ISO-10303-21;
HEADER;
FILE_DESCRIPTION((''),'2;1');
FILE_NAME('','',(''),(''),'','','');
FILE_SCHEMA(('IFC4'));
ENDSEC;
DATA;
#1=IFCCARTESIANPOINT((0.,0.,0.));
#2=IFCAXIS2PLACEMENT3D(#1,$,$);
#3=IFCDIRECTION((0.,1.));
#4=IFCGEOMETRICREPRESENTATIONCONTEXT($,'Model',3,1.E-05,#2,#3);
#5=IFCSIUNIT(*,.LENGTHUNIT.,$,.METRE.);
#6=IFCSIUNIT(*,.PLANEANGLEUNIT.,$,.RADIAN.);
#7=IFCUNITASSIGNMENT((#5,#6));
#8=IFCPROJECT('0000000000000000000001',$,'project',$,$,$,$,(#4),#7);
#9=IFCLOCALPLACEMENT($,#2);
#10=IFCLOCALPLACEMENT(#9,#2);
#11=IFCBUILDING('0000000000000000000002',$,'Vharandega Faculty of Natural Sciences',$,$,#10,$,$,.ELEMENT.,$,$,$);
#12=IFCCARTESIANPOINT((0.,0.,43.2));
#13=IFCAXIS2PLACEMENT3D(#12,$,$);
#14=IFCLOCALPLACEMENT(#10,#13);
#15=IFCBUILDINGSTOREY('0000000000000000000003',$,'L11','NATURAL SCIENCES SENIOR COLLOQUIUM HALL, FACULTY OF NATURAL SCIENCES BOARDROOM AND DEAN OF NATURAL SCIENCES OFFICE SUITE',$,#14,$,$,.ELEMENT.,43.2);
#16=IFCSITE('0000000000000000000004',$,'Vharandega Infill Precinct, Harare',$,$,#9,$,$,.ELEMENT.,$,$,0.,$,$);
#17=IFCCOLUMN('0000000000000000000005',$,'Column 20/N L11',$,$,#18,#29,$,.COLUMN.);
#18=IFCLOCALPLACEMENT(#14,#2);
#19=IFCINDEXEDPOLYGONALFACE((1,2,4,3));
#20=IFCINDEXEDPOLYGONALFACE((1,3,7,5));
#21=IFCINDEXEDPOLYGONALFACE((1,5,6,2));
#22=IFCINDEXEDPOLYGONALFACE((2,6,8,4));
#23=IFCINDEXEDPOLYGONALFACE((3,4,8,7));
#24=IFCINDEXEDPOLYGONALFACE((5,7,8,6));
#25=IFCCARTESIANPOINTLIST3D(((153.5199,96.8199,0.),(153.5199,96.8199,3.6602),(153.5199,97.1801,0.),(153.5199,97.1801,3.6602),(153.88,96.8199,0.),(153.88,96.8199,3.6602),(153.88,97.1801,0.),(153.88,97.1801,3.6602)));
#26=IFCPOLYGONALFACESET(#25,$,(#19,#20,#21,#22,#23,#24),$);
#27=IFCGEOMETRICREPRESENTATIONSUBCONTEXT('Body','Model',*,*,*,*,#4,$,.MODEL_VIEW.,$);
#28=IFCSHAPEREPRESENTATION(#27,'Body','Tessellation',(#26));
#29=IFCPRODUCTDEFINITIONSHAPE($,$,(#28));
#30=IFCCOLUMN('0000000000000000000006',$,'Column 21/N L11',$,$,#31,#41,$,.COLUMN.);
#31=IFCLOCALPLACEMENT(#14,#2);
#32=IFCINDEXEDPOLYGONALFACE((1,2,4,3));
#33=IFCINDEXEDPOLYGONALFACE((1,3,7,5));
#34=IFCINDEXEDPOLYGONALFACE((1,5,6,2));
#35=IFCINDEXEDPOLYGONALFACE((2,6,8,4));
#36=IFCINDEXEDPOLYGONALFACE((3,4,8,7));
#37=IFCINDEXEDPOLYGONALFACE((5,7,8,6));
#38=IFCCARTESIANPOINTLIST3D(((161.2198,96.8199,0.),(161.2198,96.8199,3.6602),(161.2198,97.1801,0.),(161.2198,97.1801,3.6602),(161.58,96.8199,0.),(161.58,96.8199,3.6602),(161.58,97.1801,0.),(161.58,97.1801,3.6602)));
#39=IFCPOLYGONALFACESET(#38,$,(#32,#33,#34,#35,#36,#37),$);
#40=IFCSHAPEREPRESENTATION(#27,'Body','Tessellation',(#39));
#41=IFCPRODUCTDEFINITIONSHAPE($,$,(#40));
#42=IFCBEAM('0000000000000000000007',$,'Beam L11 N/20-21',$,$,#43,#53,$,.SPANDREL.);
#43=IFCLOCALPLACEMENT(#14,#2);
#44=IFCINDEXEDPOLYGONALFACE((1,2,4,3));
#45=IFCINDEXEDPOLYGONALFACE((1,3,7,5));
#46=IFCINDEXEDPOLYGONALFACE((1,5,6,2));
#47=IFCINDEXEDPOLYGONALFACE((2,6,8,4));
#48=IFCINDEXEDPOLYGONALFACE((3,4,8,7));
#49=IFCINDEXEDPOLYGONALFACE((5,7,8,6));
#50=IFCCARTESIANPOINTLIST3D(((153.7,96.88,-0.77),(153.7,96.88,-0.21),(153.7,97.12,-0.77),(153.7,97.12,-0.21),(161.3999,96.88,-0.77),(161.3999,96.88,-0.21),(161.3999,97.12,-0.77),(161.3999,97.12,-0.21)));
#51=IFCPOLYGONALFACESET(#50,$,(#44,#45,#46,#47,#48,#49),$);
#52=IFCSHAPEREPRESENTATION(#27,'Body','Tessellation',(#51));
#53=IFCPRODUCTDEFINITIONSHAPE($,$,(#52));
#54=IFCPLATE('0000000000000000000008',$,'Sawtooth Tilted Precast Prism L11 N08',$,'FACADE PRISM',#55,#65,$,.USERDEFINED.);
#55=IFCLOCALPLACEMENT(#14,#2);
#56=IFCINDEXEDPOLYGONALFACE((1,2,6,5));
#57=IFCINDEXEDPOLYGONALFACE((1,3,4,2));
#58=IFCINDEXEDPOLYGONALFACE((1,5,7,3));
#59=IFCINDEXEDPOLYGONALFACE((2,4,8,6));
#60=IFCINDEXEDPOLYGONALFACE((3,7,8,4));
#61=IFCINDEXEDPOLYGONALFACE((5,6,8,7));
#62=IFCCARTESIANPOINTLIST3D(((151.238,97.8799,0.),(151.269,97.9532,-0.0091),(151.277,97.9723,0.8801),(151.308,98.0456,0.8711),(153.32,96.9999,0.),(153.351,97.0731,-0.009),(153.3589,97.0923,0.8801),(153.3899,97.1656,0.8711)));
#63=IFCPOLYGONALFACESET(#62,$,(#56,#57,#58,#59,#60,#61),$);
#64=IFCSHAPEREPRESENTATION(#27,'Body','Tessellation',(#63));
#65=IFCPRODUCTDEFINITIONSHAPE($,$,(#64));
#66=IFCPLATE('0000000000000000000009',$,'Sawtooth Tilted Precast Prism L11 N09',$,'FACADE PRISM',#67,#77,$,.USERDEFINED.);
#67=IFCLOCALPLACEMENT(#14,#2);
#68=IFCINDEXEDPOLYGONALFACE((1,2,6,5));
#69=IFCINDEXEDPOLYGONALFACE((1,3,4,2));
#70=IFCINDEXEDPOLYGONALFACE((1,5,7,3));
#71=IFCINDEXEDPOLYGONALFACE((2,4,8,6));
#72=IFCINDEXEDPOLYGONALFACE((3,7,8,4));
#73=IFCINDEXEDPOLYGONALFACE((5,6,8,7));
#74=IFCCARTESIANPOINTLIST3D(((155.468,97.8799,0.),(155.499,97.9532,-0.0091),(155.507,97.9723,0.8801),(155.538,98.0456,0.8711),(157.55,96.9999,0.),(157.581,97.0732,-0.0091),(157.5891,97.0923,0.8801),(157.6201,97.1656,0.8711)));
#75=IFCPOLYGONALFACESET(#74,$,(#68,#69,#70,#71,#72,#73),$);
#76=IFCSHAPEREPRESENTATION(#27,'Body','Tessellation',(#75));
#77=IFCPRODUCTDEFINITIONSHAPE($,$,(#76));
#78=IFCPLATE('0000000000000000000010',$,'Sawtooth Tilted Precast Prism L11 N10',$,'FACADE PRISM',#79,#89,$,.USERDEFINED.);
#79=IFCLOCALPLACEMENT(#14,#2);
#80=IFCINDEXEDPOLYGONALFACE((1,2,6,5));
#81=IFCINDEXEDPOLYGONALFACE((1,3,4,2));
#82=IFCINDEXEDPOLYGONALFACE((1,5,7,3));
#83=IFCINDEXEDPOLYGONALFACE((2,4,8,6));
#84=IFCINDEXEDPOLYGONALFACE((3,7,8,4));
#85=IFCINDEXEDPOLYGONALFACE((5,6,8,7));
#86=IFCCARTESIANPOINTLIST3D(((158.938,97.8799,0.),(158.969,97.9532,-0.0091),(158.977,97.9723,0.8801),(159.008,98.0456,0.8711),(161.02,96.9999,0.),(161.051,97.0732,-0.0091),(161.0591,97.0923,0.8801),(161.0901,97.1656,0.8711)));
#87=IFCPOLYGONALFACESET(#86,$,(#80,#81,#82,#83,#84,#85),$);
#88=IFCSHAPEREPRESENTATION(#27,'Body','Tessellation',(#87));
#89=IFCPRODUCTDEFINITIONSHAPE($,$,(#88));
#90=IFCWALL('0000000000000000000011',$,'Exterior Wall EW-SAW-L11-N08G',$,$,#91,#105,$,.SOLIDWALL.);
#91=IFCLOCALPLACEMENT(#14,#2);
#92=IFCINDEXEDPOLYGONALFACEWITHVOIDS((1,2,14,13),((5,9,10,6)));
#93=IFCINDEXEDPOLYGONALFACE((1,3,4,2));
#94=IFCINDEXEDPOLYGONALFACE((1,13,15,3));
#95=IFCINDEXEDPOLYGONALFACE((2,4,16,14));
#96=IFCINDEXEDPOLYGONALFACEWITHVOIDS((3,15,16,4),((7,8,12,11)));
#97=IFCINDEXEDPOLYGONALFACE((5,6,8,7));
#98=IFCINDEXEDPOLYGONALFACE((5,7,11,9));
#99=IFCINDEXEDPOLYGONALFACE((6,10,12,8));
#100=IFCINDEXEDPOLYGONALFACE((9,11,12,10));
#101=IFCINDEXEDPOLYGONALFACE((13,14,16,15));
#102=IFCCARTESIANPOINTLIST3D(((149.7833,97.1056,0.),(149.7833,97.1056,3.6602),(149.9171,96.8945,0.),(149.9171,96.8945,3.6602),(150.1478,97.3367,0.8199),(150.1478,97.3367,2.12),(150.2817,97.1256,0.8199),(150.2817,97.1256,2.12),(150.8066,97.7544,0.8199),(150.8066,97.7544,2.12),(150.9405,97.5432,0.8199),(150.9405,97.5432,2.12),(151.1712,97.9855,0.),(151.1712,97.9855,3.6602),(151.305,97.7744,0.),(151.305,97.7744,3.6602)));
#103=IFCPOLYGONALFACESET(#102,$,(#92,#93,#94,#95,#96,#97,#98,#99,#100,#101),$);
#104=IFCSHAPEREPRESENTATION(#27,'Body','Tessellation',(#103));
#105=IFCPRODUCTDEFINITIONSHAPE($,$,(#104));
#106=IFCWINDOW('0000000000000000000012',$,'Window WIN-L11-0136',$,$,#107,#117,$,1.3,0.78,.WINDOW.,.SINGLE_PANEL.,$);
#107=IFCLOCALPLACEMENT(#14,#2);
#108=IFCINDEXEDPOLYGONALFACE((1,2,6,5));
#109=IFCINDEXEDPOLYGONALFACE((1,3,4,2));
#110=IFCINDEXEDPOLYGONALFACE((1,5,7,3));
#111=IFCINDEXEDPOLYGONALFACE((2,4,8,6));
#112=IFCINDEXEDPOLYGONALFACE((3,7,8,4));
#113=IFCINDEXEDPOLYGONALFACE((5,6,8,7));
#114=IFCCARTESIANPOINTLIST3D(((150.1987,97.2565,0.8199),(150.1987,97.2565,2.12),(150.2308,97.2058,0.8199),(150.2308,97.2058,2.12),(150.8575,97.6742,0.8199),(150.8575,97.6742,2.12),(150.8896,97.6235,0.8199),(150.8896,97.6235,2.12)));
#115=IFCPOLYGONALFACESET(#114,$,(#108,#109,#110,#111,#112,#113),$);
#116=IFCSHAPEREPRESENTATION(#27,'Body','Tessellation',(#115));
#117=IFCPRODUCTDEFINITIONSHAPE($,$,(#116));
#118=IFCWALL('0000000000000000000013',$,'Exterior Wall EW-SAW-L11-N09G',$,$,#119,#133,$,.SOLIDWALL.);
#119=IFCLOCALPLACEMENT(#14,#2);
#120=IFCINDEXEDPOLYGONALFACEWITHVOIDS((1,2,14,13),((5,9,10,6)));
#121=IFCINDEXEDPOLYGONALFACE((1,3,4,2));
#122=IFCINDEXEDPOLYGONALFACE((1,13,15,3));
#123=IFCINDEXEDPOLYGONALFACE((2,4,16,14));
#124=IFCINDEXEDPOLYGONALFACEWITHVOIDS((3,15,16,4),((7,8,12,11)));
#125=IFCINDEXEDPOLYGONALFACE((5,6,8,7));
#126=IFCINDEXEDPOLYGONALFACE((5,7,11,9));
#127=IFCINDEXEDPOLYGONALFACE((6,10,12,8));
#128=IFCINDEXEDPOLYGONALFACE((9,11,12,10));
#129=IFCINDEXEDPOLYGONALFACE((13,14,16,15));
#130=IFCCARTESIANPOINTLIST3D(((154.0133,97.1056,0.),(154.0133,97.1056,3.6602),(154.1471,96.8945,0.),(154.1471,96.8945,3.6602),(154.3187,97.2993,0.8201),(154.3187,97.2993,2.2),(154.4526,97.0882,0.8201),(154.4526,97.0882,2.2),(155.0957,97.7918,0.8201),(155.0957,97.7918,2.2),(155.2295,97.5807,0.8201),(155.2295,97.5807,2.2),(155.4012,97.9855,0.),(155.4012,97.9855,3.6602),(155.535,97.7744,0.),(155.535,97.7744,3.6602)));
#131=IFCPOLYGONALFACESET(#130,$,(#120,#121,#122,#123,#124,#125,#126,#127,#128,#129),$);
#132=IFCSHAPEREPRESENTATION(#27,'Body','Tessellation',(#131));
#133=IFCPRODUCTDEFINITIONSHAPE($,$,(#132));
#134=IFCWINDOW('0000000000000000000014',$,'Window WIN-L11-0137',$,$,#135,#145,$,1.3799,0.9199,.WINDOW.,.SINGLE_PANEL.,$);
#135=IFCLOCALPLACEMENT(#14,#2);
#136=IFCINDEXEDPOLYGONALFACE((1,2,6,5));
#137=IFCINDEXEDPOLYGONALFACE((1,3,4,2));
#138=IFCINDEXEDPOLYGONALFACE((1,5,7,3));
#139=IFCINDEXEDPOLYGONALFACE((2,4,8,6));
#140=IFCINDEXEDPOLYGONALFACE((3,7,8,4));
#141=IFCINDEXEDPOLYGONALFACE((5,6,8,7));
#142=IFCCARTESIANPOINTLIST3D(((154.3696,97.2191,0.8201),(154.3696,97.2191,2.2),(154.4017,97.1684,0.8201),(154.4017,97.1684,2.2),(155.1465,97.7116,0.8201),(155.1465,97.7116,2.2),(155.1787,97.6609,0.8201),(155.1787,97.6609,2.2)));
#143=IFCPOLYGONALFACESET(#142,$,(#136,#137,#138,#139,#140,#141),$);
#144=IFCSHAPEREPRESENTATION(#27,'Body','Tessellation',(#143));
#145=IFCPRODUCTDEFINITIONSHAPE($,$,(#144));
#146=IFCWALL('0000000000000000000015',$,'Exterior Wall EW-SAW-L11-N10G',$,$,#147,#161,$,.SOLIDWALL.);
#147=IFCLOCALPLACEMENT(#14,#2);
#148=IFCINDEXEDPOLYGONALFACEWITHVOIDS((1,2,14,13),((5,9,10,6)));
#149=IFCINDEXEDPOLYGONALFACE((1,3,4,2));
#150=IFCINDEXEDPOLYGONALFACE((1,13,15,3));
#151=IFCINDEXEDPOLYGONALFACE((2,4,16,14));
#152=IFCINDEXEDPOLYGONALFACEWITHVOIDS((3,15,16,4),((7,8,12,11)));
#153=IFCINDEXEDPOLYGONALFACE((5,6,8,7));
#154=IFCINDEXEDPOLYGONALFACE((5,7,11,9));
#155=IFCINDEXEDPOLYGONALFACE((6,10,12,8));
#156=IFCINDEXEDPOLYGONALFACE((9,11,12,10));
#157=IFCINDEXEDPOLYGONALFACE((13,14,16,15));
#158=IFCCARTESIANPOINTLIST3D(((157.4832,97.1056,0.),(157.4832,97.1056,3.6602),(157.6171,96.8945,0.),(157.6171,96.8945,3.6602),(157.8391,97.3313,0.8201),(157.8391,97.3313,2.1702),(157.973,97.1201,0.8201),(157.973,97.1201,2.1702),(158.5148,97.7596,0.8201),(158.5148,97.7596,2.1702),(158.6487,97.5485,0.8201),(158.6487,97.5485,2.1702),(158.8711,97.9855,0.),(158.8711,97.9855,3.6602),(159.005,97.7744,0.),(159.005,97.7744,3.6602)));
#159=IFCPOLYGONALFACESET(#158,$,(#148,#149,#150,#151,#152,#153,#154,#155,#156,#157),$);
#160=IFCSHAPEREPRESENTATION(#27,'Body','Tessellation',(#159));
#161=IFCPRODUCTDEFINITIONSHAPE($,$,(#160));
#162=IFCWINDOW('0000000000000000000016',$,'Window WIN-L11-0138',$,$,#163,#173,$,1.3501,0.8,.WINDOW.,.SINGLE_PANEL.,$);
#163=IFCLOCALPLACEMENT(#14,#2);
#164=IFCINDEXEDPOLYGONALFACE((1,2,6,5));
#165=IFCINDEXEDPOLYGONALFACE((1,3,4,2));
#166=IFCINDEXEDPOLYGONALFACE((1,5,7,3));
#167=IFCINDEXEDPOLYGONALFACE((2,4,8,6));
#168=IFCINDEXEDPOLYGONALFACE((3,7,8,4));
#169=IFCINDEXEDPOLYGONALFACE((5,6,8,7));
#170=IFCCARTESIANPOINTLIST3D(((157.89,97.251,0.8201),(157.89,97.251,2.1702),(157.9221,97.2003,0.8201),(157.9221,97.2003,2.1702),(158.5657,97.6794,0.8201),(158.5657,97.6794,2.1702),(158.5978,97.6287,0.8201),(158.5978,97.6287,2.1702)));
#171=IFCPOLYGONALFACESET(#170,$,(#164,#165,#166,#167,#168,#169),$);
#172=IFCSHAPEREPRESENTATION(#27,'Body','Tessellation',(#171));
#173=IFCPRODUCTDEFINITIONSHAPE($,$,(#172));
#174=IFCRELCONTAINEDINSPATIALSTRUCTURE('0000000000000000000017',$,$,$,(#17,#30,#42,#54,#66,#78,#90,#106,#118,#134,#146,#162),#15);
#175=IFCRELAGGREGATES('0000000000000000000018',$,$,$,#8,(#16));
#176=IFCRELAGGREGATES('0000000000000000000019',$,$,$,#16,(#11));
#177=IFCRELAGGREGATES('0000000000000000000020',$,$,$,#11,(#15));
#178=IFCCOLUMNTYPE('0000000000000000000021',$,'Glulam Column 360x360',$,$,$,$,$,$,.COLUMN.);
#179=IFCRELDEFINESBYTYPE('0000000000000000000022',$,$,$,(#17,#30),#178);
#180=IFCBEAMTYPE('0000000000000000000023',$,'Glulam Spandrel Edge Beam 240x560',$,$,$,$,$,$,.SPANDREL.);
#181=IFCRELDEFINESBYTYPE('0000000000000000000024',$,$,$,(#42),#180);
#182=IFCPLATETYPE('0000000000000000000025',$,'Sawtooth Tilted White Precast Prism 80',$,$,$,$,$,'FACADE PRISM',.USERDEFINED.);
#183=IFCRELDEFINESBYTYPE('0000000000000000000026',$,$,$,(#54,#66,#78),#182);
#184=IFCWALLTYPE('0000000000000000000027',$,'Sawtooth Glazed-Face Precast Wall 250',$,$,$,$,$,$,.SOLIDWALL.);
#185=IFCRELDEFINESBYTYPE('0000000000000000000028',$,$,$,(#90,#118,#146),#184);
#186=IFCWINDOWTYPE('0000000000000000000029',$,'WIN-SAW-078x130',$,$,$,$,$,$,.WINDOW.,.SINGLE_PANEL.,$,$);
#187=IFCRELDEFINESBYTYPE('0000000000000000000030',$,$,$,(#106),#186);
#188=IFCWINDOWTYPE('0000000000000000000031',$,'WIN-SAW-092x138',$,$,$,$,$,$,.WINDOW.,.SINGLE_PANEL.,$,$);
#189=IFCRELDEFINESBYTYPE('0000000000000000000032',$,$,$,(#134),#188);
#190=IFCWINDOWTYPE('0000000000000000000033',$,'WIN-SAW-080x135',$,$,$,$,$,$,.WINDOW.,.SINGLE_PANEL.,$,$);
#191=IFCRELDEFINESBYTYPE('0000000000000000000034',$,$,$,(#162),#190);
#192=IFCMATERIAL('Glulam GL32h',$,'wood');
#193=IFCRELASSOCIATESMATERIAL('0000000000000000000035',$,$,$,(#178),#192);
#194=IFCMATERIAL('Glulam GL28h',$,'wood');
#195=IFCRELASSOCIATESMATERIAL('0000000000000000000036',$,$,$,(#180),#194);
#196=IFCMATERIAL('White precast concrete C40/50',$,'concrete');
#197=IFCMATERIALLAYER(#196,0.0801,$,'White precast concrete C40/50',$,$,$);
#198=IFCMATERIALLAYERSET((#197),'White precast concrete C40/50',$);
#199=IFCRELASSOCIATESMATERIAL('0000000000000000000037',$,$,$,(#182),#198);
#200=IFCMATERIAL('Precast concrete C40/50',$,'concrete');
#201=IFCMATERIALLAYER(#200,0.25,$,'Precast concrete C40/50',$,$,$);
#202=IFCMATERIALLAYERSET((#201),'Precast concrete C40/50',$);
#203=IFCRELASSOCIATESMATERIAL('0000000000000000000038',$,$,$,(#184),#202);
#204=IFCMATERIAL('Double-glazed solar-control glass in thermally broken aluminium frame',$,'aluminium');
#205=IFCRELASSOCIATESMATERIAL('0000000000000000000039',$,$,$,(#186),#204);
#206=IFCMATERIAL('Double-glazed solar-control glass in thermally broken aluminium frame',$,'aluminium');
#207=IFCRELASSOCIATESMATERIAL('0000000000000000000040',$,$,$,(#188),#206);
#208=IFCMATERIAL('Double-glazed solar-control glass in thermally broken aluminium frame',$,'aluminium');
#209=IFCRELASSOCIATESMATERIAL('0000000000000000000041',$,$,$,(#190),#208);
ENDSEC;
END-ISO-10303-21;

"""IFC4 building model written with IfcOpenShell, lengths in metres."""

from ifc_helpers import new_model, si_unit, direction, frame, frame_2d, origin, origin_2d, place, context, subcontext, project, spatial, polyline, rectangle, outline, extrude, material, layer, layer_set, material_profile, profile_set, type_object, element, fill, save


model = new_model("IFC4")

# Units and contexts
model_context = context("Model", 3, precision=1e-05, world=origin(), true_north=direction((0.0, 1.0)))
body_context = subcontext(model_context, "Body", "Model", "MODEL_VIEW")
ifc_project = project(units=[si_unit("LENGTHUNIT", "METRE"), si_unit("PLANEANGLEUNIT", "RADIAN")], contexts=[model_context])

# Site, building, storey
site_placement = place(None, origin())
site = spatial("IfcSite", under=ifc_project, at=site_placement, Name="Vharandega Infill Precinct, Harare", CompositionType="ELEMENT", RefElevation=0.0)
building_placement = place(site_placement, origin())
building = spatial("IfcBuilding", under=site, at=building_placement, Name="Vharandega Faculty of Natural Sciences", CompositionType="ELEMENT")
storey_placement = place(building_placement, frame((0.0, 0.0, 43.2)))
storey = spatial("IfcBuildingStorey", under=building, at=storey_placement, Name="L11", Description="NATURAL SCIENCES SENIOR COLLOQUIUM HALL, FACULTY OF NATURAL SCIENCES BOARDROOM AND DEAN OF NATURAL SCIENCES OFFICE SUITE", CompositionType="ELEMENT", Elevation=43.2)

# Columns
ifc_material_1 = material(Name="Glulam GL32h", Category="wood")
ifc_material_profile_1 = material_profile(ifc_material_1, rectangle(XDim=0.3601, YDim=0.3601, at=origin_2d()), Name="GL32h 360x360")
ifc_profile_set_1 = profile_set([ifc_material_profile_1], Name="Glulam GL32h")
column_type = type_object("IfcColumnType", Name="Glulam Column 360x360", PredefinedType="COLUMN", material=ifc_profile_set_1)
for number, where, z_axis, x_axis, name in (
    (1, (153.7, 97.0, 0.0), (0.0, 0.0, 1.0), (1.0, 0.0, 0.0), "Column 20/N L11"),
    (2, (161.3999, 97.0, 0.0), (0.0, 0.0, 1.0), (1.0, 0.0, 0.0), "Column 21/N L11"),
):
    element("IfcColumn", number, at=place(storey_placement, frame(where, z_axis=z_axis, x_axis=x_axis)), inside=storey, type_object=column_type, Name=name, PredefinedType="COLUMN", context=body_context, shape_type="SweptSolid", body=[
        extrude(rectangle(XDim=0.3601, YDim=0.3601, at=origin_2d()), origin(), (0.0, 0.0, 1.0), 3.6602),
    ])

# Beam
ifc_material_2 = material(Name="Glulam GL28h", Category="wood")
ifc_material_profile_2 = material_profile(ifc_material_2, rectangle(XDim=0.24, YDim=0.5601, at=origin_2d()), Name="GL28h 240x560")
ifc_profile_set_2 = profile_set([ifc_material_profile_2], Name="Glulam GL28h")
beam_type = type_object("IfcBeamType", Name="Glulam Spandrel Edge Beam 240x560", PredefinedType="SPANDREL", material=ifc_profile_set_2)
beam_placement = place(storey_placement, frame((153.7, 97.0, -0.49), z_axis=(1.0, 0.0, 0.0), x_axis=(0.0, 1.0, 0.0)))
element("IfcBeam", 3, at=beam_placement, inside=storey, type_object=beam_type, Name="Beam L11 N/20-21", PredefinedType="SPANDREL", context=body_context, shape_type="SweptSolid", body=[
    extrude(rectangle(XDim=0.24, YDim=0.5601, at=origin_2d()), origin(), (0.0, 0.0, 1.0), 7.7),
])

# Plates
ifc_material_3 = material(Name="White precast concrete C40/50", Category="concrete")
ifc_layer_1 = layer(ifc_material_3, 0.0801, Name="White precast concrete C40/50")
ifc_layer_set_1 = layer_set([ifc_layer_1], Name="White precast concrete C40/50")
plate_type = type_object("IfcPlateType", Name="Sawtooth Tilted White Precast Prism 80", ElementType="FACADE PRISM", PredefinedType="USERDEFINED", material=ifc_layer_set_1)
plate_placement = place(storey_placement, frame((151.238, 97.8799, 0.0), z_axis=(-0.386836, -0.915174, 0.113202), x_axis=(0.044027, 0.10429, 0.993572)))
element("IfcPlate", 4, at=plate_placement, inside=storey, type_object=plate_type, Name="Sawtooth Tilted Precast Prism L11 N08", ObjectType="FACADE PRISM", PredefinedType="USERDEFINED", context=body_context, shape_type="SweptSolid", body=[
    extrude(outline(polyline([(0.0, 0.0), (0.8858, 0.0), (0.8857, -2.2602), (-0.0001, -2.2603), (0.0, 0.0)])), origin(), (0.0, 0.0, -1.0), 0.0801),
])
for number, where, z_axis, x_axis, name in (
    (5, (155.468, 97.8799, 0.0), (-0.386814, -0.915176, 0.113255), (0.044048, 0.104338, 0.993566), "Sawtooth Tilted Precast Prism L11 N09"),
    (6, (158.938, 97.8799, 0.0), (-0.386814, -0.915176, 0.113255), (0.044048, 0.104338, 0.993566), "Sawtooth Tilted Precast Prism L11 N10"),
):
    element("IfcPlate", number, at=place(storey_placement, frame(where, z_axis=z_axis, x_axis=x_axis)), inside=storey, type_object=plate_type, Name=name, ObjectType="FACADE PRISM", PredefinedType="USERDEFINED", context=body_context, shape_type="SweptSolid", body=[
        extrude(outline(polyline([(0.0, 0.0), (0.8858, 0.0), (0.8857, -2.2604), (-0.0001, -2.2603), (0.0, 0.0)])), origin(), (0.0, 0.0, -1.0), 0.0801),
    ])

# Walls, openings, windows
ifc_material_4 = material(Name="Precast concrete C40/50", Category="concrete")
ifc_layer_2 = layer(ifc_material_4, 0.25, Name="Precast concrete C40/50")
ifc_layer_set_2 = layer_set([ifc_layer_2], Name="Precast concrete C40/50")
wall_type_1 = type_object("IfcWallType", Name="Sawtooth Glazed-Face Precast Wall 250", PredefinedType="SOLIDWALL", material=ifc_layer_set_2)
wall_1_placement = place(storey_placement, frame((149.8501, 97.0, 0.0), z_axis=(0.0, 0.0, 1.0), x_axis=(0.844584, 0.535423, 0.0)))
wall_1 = element("IfcWall", 7, at=wall_1_placement, inside=storey, type_object=wall_type_1, Name="Exterior Wall EW-SAW-L11-N08G", PredefinedType="SOLIDWALL", context=body_context, shape_type="SweptSolid", body=[
    extrude(rectangle(XDim=1.6433, YDim=0.25, at=frame_2d((0.8218, 0.0))), origin(), (0.0, 0.0, 1.0), 3.6602),
])
opening_1_placement = place(wall_1_placement, frame((0.4316, 0.0, 0.8201)))
opening_1 = element("IfcOpeningElement", 8, at=opening_1_placement, cuts=wall_1, PredefinedType="OPENING", context=body_context, shape_type="SweptSolid", body=[
    extrude(rectangle(XDim=0.78, YDim=1.3, at=frame_2d((0.3901, 0.6499))), frame((0.0, 0.135, 0.0), z_axis=(0.0, -1.0, 0.0), x_axis=(1.0, 0.0, 0.0)), (0.0, 0.0, 1.0), 0.27),
])
ifc_material_5 = material(Name="Double-glazed solar-control glass in thermally broken aluminium frame", Category="aluminium")
window_type_1 = type_object("IfcWindowType", Name="WIN-SAW-078x130", PartitioningType="SINGLE_PANEL", PredefinedType="WINDOW", material=ifc_material_5)
window_1_placement = place(opening_1_placement, origin())
window_1 = element("IfcWindow", 9, at=window_1_placement, inside=storey, type_object=window_type_1, Name="Window WIN-L11-0136", OverallHeight=1.3, OverallWidth=0.78, PartitioningType="SINGLE_PANEL", PredefinedType="WINDOW", context=body_context, shape_type="SweptSolid", body=[
    extrude(rectangle(XDim=0.78, YDim=1.3, at=frame_2d((0.3901, 0.6499))), frame((0.0, 0.03, 0.0), z_axis=(0.0, -1.0, 0.0), x_axis=(1.0, 0.0, 0.0)), (0.0, 0.0, 1.0), 0.0601),
])
fill(opening_1, window_1)
wall_2_placement = place(storey_placement, frame((154.0801, 97.0, 0.0), z_axis=(0.0, 0.0, 1.0), x_axis=(0.844584, 0.535423, 0.0)))
wall_2 = element("IfcWall", 10, at=wall_2_placement, inside=storey, type_object=wall_type_1, Name="Exterior Wall EW-SAW-L11-N09G", PredefinedType="SOLIDWALL", context=body_context, shape_type="SweptSolid", body=[
    extrude(rectangle(XDim=1.6433, YDim=0.25, at=frame_2d((0.8218, 0.0))), origin(), (0.0, 0.0, 1.0), 3.6602),
])
opening_2_placement = place(wall_2_placement, frame((0.3618, 0.0, 0.8201)))
opening_2 = element("IfcOpeningElement", 11, at=opening_2_placement, cuts=wall_2, PredefinedType="OPENING", context=body_context, shape_type="SweptSolid", body=[
    extrude(rectangle(XDim=0.9199, YDim=1.3799, at=frame_2d((0.46, 0.6899))), frame((0.0, 0.135, 0.0), z_axis=(0.0, -1.0, 0.0), x_axis=(1.0, 0.0, 0.0)), (0.0, 0.0, 1.0), 0.27),
])
ifc_material_6 = material(Name="Double-glazed solar-control glass in thermally broken aluminium frame", Category="aluminium")
window_type_2 = type_object("IfcWindowType", Name="WIN-SAW-092x138", PartitioningType="SINGLE_PANEL", PredefinedType="WINDOW", material=ifc_material_6)
window_2_placement = place(opening_2_placement, origin())
window_2 = element("IfcWindow", 12, at=window_2_placement, inside=storey, type_object=window_type_2, Name="Window WIN-L11-0137", OverallHeight=1.3799, OverallWidth=0.9199, PartitioningType="SINGLE_PANEL", PredefinedType="WINDOW", context=body_context, shape_type="SweptSolid", body=[
    extrude(rectangle(XDim=0.9199, YDim=1.3799, at=frame_2d((0.46, 0.6899))), frame((0.0, 0.03, 0.0), z_axis=(0.0, -1.0, 0.0), x_axis=(1.0, 0.0, 0.0)), (0.0, 0.0, 1.0), 0.0601),
])
fill(opening_2, window_2)
wall_3_placement = place(storey_placement, frame((157.55, 97.0, 0.0), z_axis=(0.0, 0.0, 1.0), x_axis=(0.844584, 0.535423, 0.0)))
wall_3 = element("IfcWall", 13, at=wall_3_placement, inside=storey, type_object=wall_type_1, Name="Exterior Wall EW-SAW-L11-N10G", PredefinedType="SOLIDWALL", context=body_context, shape_type="SweptSolid", body=[
    extrude(rectangle(XDim=1.6433, YDim=0.25, at=frame_2d((0.8218, 0.0))), origin(), (0.0, 0.0, 1.0), 3.6602),
])
opening_3_placement = place(wall_3_placement, frame((0.4216, 0.0, 0.8201)))
opening_3 = element("IfcOpeningElement", 14, at=opening_3_placement, cuts=wall_3, PredefinedType="OPENING", context=body_context, shape_type="SweptSolid", body=[
    extrude(rectangle(XDim=0.8, YDim=1.3501, at=frame_2d((0.3999, 0.675))), frame((0.0, 0.135, 0.0), z_axis=(0.0, -1.0, 0.0), x_axis=(1.0, 0.0, 0.0)), (0.0, 0.0, 1.0), 0.27),
])
ifc_material_7 = material(Name="Double-glazed solar-control glass in thermally broken aluminium frame", Category="aluminium")
window_type_3 = type_object("IfcWindowType", Name="WIN-SAW-080x135", PartitioningType="SINGLE_PANEL", PredefinedType="WINDOW", material=ifc_material_7)
window_3_placement = place(opening_3_placement, origin())
window_3 = element("IfcWindow", 15, at=window_3_placement, inside=storey, type_object=window_type_3, Name="Window WIN-L11-0138", OverallHeight=1.3501, OverallWidth=0.8, PartitioningType="SINGLE_PANEL", PredefinedType="WINDOW", context=body_context, shape_type="SweptSolid", body=[
    extrude(rectangle(XDim=0.8, YDim=1.3501, at=frame_2d((0.3999, 0.675))), frame((0.0, 0.03, 0.0), z_axis=(0.0, -1.0, 0.0), x_axis=(1.0, 0.0, 0.0)), (0.0, 0.0, 1.0), 0.0601),
])
fill(opening_3, window_3)

save(model, "model.ifc")
